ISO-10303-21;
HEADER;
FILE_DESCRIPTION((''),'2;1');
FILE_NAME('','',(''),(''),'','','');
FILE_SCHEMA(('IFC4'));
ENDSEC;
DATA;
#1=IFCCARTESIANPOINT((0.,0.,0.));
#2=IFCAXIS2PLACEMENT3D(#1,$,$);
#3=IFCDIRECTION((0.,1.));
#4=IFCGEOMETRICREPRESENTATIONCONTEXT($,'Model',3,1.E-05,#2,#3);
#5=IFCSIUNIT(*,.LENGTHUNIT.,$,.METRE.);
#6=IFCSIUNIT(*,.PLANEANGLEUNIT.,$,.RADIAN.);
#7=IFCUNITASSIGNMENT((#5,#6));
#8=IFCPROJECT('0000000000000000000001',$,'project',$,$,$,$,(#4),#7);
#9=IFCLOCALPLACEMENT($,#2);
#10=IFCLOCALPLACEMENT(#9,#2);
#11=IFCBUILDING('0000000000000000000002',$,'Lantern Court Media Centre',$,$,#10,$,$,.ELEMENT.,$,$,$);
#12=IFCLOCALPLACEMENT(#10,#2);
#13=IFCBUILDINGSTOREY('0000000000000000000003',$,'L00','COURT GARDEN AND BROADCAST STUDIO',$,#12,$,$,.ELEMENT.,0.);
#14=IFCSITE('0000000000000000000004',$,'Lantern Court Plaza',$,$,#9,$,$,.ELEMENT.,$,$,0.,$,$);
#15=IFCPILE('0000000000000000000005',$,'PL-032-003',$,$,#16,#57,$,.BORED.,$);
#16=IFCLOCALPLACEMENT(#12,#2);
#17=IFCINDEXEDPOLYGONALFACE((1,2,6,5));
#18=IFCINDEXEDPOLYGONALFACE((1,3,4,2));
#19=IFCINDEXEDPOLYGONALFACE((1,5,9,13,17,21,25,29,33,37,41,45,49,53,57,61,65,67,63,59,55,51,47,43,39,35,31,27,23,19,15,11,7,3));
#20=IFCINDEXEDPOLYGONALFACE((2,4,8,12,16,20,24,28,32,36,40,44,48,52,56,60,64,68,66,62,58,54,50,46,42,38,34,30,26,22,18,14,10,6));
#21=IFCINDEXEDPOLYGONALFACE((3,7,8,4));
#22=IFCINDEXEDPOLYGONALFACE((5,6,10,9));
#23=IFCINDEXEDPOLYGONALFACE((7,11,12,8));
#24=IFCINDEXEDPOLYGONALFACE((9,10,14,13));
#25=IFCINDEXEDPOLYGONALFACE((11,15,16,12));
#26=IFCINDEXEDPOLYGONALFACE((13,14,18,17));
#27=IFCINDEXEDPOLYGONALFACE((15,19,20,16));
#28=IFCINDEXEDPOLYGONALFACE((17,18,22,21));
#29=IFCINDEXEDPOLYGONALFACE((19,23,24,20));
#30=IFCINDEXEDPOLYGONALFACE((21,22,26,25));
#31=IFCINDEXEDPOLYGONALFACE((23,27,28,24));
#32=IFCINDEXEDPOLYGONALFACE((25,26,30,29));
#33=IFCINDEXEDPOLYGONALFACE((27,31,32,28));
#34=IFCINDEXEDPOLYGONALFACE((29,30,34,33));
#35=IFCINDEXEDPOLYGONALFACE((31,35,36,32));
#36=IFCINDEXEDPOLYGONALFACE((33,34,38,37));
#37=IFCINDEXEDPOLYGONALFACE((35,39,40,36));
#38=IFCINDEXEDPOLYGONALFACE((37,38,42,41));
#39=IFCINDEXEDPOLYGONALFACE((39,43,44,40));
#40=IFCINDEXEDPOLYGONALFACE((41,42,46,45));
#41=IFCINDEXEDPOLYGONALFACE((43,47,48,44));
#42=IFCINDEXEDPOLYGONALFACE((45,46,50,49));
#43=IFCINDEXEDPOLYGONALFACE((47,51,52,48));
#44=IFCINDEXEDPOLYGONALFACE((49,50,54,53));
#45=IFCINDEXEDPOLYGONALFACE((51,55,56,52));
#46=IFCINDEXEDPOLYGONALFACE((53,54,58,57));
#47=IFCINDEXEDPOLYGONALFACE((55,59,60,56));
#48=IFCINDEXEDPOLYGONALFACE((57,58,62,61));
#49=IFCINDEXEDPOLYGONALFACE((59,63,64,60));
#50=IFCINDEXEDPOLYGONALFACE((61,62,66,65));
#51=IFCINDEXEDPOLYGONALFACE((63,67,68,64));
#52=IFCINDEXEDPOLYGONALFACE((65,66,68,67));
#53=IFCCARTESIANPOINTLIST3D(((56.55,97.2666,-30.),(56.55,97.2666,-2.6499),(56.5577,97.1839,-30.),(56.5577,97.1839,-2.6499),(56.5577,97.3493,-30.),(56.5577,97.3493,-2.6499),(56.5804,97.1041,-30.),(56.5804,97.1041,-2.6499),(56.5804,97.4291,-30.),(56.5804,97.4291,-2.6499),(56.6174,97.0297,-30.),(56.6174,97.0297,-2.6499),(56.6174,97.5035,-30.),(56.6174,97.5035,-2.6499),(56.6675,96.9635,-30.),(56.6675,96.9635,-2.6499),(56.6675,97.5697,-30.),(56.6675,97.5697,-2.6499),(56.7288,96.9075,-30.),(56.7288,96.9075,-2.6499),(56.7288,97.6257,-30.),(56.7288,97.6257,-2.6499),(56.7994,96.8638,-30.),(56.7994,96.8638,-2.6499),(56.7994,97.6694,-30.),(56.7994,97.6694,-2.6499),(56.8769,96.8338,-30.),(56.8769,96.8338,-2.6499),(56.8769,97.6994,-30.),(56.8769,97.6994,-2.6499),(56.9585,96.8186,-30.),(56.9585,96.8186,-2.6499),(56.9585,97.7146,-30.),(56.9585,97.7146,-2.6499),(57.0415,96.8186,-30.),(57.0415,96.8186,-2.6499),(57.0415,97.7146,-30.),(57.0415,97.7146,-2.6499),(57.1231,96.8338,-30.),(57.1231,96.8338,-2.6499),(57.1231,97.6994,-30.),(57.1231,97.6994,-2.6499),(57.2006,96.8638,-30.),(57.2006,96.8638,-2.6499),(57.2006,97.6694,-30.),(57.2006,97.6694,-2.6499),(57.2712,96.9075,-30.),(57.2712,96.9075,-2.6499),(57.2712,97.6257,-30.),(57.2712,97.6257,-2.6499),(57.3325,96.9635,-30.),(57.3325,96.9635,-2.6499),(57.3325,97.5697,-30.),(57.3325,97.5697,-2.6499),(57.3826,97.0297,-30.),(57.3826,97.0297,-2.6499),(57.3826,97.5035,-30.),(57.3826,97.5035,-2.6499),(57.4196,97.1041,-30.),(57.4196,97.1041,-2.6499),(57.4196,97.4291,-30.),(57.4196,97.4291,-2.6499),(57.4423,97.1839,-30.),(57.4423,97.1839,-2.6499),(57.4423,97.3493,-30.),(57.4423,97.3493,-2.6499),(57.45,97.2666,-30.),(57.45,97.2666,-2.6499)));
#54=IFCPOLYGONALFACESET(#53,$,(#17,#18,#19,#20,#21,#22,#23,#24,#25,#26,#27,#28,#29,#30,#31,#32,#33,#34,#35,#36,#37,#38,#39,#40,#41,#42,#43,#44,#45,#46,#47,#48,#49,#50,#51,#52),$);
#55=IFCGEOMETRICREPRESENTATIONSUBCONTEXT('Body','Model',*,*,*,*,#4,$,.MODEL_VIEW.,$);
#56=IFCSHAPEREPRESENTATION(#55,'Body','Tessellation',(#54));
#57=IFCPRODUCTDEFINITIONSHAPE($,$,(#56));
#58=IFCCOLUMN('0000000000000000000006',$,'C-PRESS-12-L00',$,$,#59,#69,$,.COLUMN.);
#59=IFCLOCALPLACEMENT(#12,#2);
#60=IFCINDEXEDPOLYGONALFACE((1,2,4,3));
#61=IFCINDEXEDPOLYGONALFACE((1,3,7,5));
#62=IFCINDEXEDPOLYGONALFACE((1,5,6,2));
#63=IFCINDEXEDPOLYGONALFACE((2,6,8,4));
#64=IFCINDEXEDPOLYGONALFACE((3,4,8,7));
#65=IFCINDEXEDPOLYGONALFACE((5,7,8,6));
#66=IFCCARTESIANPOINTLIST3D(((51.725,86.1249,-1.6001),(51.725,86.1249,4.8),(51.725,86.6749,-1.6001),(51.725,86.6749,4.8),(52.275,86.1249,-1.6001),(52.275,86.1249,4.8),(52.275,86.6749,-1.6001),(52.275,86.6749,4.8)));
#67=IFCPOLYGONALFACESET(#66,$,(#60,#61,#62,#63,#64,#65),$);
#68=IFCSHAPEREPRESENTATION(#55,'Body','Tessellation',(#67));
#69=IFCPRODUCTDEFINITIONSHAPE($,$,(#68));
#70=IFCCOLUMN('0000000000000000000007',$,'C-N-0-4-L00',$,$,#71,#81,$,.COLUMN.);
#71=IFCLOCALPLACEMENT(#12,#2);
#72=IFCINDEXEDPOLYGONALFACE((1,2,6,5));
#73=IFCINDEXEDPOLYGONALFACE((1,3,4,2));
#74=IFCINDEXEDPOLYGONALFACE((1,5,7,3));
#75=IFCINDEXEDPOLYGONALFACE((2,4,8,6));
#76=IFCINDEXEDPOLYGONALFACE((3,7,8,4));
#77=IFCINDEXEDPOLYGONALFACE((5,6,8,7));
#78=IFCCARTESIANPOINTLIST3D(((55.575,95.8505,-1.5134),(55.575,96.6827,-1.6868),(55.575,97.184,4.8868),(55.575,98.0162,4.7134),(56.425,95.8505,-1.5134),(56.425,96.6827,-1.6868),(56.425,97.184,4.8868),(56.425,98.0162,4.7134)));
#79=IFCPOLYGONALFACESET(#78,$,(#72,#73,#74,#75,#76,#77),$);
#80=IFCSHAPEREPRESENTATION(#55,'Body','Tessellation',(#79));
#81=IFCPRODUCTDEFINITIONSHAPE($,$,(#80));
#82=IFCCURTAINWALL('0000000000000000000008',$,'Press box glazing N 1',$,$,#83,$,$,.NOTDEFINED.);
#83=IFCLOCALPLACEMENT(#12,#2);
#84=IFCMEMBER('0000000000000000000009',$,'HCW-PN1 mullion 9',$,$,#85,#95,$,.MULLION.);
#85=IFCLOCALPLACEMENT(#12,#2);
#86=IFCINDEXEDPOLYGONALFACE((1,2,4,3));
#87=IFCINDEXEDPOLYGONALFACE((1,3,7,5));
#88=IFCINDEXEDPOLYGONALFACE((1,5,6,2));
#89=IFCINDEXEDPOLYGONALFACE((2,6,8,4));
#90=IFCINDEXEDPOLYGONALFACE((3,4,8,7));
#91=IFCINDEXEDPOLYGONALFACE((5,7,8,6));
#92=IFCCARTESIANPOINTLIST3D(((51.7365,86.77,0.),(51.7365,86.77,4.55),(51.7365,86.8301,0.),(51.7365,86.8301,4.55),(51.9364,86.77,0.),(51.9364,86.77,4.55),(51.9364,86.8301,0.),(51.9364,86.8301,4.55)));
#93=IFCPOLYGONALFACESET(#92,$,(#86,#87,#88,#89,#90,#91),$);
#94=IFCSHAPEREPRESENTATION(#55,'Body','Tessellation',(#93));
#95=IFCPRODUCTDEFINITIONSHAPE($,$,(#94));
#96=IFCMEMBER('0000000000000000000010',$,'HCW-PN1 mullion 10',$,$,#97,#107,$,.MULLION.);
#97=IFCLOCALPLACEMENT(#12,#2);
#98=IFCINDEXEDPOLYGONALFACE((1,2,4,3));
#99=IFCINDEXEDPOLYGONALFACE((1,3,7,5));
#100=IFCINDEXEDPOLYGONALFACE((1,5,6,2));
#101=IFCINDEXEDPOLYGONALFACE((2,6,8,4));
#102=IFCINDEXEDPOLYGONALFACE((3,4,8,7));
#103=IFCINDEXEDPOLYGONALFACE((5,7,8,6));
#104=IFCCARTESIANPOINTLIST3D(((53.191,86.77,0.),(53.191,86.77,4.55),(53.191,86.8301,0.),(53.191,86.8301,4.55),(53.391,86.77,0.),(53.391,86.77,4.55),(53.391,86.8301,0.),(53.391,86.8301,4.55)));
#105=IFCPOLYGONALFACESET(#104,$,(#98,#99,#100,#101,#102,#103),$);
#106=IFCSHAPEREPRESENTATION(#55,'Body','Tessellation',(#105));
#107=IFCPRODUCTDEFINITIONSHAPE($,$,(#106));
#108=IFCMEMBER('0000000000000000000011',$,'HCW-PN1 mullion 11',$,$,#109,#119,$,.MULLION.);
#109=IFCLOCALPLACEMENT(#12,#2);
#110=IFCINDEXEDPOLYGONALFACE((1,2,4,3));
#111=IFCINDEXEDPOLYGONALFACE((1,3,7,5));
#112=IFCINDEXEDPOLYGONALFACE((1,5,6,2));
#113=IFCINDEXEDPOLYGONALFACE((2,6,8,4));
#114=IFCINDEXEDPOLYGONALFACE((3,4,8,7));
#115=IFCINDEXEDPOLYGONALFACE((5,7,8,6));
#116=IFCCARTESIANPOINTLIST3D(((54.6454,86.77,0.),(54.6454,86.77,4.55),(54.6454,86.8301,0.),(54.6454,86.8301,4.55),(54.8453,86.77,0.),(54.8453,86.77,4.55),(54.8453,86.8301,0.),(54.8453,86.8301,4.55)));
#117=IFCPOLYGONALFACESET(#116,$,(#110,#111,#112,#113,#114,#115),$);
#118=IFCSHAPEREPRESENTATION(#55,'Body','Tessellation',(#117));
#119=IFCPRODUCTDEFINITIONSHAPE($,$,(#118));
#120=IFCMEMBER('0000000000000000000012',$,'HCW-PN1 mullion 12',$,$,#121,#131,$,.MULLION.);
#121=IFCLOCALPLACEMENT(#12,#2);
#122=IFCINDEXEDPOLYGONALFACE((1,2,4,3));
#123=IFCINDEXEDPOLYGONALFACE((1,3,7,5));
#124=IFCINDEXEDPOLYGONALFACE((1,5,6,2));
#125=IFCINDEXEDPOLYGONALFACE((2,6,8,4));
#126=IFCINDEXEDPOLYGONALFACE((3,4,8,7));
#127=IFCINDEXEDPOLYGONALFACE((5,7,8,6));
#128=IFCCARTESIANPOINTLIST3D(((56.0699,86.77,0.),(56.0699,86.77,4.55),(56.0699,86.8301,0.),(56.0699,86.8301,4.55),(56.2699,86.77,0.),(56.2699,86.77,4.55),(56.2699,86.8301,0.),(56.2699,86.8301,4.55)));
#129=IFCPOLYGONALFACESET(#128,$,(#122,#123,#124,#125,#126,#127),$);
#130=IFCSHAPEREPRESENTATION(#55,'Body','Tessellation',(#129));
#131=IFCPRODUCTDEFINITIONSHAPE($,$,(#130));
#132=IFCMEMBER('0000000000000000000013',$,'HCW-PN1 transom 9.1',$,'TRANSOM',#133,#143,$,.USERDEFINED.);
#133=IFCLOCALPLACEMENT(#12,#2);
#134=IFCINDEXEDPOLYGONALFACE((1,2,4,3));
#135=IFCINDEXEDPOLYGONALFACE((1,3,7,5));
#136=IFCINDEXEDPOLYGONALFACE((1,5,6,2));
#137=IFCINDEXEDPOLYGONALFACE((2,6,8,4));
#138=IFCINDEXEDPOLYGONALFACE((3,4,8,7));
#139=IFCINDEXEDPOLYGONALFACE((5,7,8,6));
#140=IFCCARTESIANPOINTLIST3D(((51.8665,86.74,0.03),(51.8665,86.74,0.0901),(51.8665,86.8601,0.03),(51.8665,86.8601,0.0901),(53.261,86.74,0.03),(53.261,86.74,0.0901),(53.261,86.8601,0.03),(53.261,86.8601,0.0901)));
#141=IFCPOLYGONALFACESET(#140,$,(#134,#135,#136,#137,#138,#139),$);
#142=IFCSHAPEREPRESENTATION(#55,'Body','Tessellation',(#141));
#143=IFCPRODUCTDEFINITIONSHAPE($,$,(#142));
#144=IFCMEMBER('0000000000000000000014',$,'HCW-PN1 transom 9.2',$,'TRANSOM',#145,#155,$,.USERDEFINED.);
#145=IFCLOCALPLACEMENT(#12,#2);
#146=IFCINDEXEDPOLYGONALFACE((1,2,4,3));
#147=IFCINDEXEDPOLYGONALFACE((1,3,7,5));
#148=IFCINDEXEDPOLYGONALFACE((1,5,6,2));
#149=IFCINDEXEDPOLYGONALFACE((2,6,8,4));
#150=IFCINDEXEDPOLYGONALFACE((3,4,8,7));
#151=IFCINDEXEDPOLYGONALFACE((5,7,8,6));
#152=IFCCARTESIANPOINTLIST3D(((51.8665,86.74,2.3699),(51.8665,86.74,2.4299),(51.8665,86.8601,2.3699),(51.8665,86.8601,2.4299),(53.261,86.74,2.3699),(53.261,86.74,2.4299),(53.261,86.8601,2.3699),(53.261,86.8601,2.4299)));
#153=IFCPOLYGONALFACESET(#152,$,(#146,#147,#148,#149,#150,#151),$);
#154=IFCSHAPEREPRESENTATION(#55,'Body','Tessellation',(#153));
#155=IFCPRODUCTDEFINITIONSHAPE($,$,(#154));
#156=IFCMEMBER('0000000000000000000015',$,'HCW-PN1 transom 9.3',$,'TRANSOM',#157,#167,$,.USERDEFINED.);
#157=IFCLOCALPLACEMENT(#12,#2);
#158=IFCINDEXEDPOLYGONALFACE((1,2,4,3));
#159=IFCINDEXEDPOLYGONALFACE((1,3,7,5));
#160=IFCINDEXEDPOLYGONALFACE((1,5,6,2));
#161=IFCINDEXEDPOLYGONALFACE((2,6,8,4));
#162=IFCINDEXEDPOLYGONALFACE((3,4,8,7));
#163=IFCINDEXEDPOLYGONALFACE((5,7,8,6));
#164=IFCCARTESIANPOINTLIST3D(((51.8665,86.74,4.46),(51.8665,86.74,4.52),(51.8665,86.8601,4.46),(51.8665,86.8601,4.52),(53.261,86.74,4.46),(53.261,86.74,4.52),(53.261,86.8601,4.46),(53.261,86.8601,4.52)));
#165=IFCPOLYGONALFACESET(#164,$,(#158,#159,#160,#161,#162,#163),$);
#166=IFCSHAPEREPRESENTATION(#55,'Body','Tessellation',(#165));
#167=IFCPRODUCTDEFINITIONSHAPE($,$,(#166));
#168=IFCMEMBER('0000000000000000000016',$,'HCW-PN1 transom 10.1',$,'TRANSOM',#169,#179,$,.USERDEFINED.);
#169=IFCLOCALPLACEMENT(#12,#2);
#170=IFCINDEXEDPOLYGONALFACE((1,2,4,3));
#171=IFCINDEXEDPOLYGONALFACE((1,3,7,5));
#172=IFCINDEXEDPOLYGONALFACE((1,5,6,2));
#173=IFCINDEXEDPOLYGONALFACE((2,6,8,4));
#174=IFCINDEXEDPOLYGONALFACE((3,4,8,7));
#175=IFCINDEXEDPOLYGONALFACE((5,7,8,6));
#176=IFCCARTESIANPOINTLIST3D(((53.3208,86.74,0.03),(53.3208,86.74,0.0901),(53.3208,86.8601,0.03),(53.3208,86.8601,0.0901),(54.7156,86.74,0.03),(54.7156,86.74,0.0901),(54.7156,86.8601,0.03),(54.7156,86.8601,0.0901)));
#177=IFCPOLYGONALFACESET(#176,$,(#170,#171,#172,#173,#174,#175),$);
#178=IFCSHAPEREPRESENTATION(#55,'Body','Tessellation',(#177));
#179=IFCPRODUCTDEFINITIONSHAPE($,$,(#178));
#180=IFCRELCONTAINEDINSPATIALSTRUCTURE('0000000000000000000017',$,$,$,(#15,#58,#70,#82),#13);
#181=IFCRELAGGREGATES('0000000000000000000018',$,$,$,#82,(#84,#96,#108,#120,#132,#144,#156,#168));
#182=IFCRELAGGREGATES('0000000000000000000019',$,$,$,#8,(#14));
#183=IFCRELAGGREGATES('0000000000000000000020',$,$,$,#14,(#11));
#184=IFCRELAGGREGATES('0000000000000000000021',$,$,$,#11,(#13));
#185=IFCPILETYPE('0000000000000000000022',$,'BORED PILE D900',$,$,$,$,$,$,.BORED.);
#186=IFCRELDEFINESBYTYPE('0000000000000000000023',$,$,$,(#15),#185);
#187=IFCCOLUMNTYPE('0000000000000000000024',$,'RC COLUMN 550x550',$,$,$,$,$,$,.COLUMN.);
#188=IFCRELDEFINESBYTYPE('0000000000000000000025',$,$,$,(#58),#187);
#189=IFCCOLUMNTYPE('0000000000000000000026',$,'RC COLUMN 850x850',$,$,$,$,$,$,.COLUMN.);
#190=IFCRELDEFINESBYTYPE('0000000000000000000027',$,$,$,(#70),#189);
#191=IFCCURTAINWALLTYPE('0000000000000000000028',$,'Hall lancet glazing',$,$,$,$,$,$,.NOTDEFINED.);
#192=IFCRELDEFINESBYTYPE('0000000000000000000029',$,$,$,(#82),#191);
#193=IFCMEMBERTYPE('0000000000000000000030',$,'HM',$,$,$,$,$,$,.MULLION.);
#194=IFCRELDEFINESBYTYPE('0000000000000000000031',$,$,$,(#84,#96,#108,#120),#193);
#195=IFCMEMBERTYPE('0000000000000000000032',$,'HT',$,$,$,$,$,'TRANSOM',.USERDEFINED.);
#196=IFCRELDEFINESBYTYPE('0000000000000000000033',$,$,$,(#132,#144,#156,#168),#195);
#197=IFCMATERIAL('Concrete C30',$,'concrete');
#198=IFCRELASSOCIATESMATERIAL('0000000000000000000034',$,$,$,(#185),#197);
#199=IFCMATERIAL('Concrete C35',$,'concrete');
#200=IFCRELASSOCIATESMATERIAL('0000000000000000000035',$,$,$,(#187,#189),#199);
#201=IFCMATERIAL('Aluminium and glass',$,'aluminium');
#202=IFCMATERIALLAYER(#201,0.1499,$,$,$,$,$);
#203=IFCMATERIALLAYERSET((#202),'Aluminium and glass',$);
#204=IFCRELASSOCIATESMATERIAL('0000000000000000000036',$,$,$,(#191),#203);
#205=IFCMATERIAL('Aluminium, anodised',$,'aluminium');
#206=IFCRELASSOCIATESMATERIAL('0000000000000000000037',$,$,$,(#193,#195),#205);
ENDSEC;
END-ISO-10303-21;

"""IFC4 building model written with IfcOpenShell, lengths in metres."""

from ifc_helpers import new_model, si_unit, direction, frame, origin, origin_2d, place, context, subcontext, project, spatial, rectangle, circle, extrude, material, layer, layer_set, material_profile, profile_set, type_object, element, aggregate, save


model = new_model("IFC4")

# Units and contexts
model_context = context("Model", 3, precision=1e-05, world=origin(), true_north=direction((0.0, 1.0)))
body_context = subcontext(model_context, "Body", "Model", "MODEL_VIEW")
ifc_project = project(units=[si_unit("LENGTHUNIT", "METRE"), si_unit("PLANEANGLEUNIT", "RADIAN")], contexts=[model_context])

# Site, building, storey
site_placement = place(None, origin())
site = spatial("IfcSite", under=ifc_project, at=site_placement, Name="Lantern Court Plaza", CompositionType="ELEMENT", RefElevation=0.0)
building_placement = place(site_placement, origin())
building = spatial("IfcBuilding", under=site, at=building_placement, Name="Lantern Court Media Centre", CompositionType="ELEMENT")
storey_placement = place(building_placement, origin())
storey = spatial("IfcBuildingStorey", under=building, at=storey_placement, Name="L00", Description="COURT GARDEN AND BROADCAST STUDIO", CompositionType="ELEMENT", Elevation=0.0)

# Pile
ifc_material_1 = material(Name="Concrete C30", Category="concrete")
ifc_material_profile_1 = material_profile(ifc_material_1, circle(Radius=0.45, at=origin_2d()), Name="D900")
ifc_profile_set_1 = profile_set([ifc_material_profile_1], Name="Concrete C30")
pile_type_1 = type_object("IfcPileType", Name="BORED PILE D900", PredefinedType="BORED", material=ifc_profile_set_1)
for number, where, z_axis, x_axis, name in (
    (1, (57.0, 97.2666, -2.6499), (0.0, 0.0, -1.0), (1.0, 0.0, 0.0), "PL-032-003"),
):
    element("IfcPile", number, at=place(storey_placement, frame(where, z_axis=z_axis, x_axis=x_axis)), inside=storey, type_object=pile_type_1, Name=name, PredefinedType="BORED", context=body_context, shape_type="SweptSolid", body=[
        extrude(circle(Radius=0.45, at=origin_2d()), origin(), (0.0, 0.0, 1.0), 27.3501),
    ])

# Columns
ifc_material_2 = material(Name="Concrete C35", Category="concrete")
ifc_material_profile_2 = material_profile(ifc_material_2, rectangle(XDim=0.55, YDim=0.55, at=origin_2d()), Name="RC 550x550")
ifc_profile_set_2 = profile_set([ifc_material_profile_2], Name="Concrete C35")
column_type_1 = type_object("IfcColumnType", Name="RC COLUMN 550x550", PredefinedType="COLUMN", material=ifc_profile_set_2)
column_1_placement = place(storey_placement, frame((52.0, 86.3999, -1.6001), z_axis=(0.0, 0.0, 1.0), x_axis=(1.0, 0.0, 0.0)))
element("IfcColumn", 2, at=column_1_placement, inside=storey, type_object=column_type_1, Name="C-PRESS-12-L00", PredefinedType="COLUMN", context=body_context, shape_type="SweptSolid", body=[
    extrude(rectangle(XDim=0.55, YDim=0.55, at=origin_2d()), origin(), (0.0, 0.0, 1.0), 6.4001),
])
ifc_material_profile_3 = material_profile(ifc_material_2, rectangle(XDim=0.8501, YDim=0.8501, at=origin_2d()), Name="RC 850x850")
ifc_profile_set_3 = profile_set([ifc_material_profile_3], Name="Concrete C35")
column_type_2 = type_object("IfcColumnType", Name="RC COLUMN 850x850", PredefinedType="COLUMN", material=ifc_profile_set_3)
column_2_placement = place(storey_placement, frame((56.0, 96.2666, -1.6001), z_axis=(0.0, 0.203974, 0.978976), x_axis=(-1.0, 0.0, 0.0)))
element("IfcColumn", 3, at=column_2_placement, inside=storey, type_object=column_type_2, Name="C-N-0-4-L00", PredefinedType="COLUMN", context=body_context, shape_type="SweptSolid", body=[
    extrude(rectangle(XDim=0.8501, YDim=0.8501, at=origin_2d()), origin(), (0.0, 0.0, 1.0), 6.5376),
])

# Curtain wall, members
ifc_material_3 = material(Name="Aluminium and glass", Category="aluminium")
ifc_layer_1 = layer(ifc_material_3, 0.1499)
ifc_layer_set_1 = layer_set([ifc_layer_1], Name="Aluminium and glass")
curtain_wall_type = type_object("IfcCurtainWallType", Name="Hall lancet glazing", PredefinedType="NOTDEFINED", material=ifc_layer_set_1)
curtain_wall_placement = place(storey_placement, origin())
curtain_wall = element("IfcCurtainWall", 4, at=curtain_wall_placement, inside=storey, type_object=curtain_wall_type, Name="Press box glazing N 1", PredefinedType="NOTDEFINED")
ifc_material_4 = material(Name="Aluminium, anodised", Category="aluminium")
ifc_material_profile_4 = material_profile(ifc_material_4, rectangle(XDim=0.0601, YDim=0.2, at=origin_2d()), Name="HM")
ifc_profile_set_4 = profile_set([ifc_material_profile_4], Name="Aluminium, anodised")
member_type_1 = type_object("IfcMemberType", Name="HM", PredefinedType="MULLION", material=ifc_profile_set_4)
member_1_placement = place(storey_placement, frame((51.8364, 86.8, 0.0), z_axis=(0.0, 0.0, 1.0), x_axis=(0.0, 1.0, 0.0)))
member_1 = element("IfcMember", 5, at=member_1_placement, type_object=member_type_1, Name="HCW-PN1 mullion 9", PredefinedType="MULLION", context=body_context, shape_type="SweptSolid", body=[
    extrude(rectangle(XDim=0.0601, YDim=0.2, at=origin_2d()), origin(), (0.0, 0.0, 1.0), 4.55),
])
member_2_placement = place(storey_placement, frame((53.291, 86.8, 0.0), z_axis=(0.0, 0.0, 1.0), x_axis=(0.0, 1.0, 0.0)))
member_2 = element("IfcMember", 6, at=member_2_placement, type_object=member_type_1, Name="HCW-PN1 mullion 10", PredefinedType="MULLION", context=body_context, shape_type="SweptSolid", body=[
    extrude(rectangle(XDim=0.0601, YDim=0.2, at=origin_2d()), origin(), (0.0, 0.0, 1.0), 4.55),
])
member_3_placement = place(storey_placement, frame((54.7454, 86.8, 0.0), z_axis=(0.0, 0.0, 1.0), x_axis=(0.0, 1.0, 0.0)))
member_3 = element("IfcMember", 7, at=member_3_placement, type_object=member_type_1, Name="HCW-PN1 mullion 11", PredefinedType="MULLION", context=body_context, shape_type="SweptSolid", body=[
    extrude(rectangle(XDim=0.0601, YDim=0.2, at=origin_2d()), origin(), (0.0, 0.0, 1.0), 4.55),
])
member_4_placement = place(storey_placement, frame((56.1699, 86.8, 0.0), z_axis=(0.0, 0.0, 1.0), x_axis=(0.0, 1.0, 0.0)))
member_4 = element("IfcMember", 8, at=member_4_placement, type_object=member_type_1, Name="HCW-PN1 mullion 12", PredefinedType="MULLION", context=body_context, shape_type="SweptSolid", body=[
    extrude(rectangle(XDim=0.0601, YDim=0.2, at=origin_2d()), origin(), (0.0, 0.0, 1.0), 4.55),
])
ifc_material_profile_5 = material_profile(ifc_material_4, rectangle(XDim=0.1201, YDim=0.0601, at=origin_2d()), Name="HT")
ifc_profile_set_5 = profile_set([ifc_material_profile_5], Name="Aluminium, anodised")
member_type_2 = type_object("IfcMemberType", Name="HT", ElementType="TRANSOM", PredefinedType="USERDEFINED", material=ifc_profile_set_5)
member_5_placement = place(storey_placement, frame((51.8665, 86.8, 0.0601), z_axis=(1.0, 0.0, 0.0), x_axis=(0.0, 1.0, 0.0)))
member_5 = element("IfcMember", 9, at=member_5_placement, type_object=member_type_2, Name="HCW-PN1 transom 9.1", ObjectType="TRANSOM", PredefinedType="USERDEFINED", context=body_context, shape_type="SweptSolid", body=[
    extrude(rectangle(XDim=0.1201, YDim=0.0601, at=origin_2d()), origin(), (0.0, 0.0, 1.0), 1.3945),
])
member_6_placement = place(storey_placement, frame((51.8665, 86.8, 2.3999), z_axis=(1.0, 0.0, 0.0), x_axis=(0.0, 1.0, 0.0)))
member_6 = element("IfcMember", 10, at=member_6_placement, type_object=member_type_2, Name="HCW-PN1 transom 9.2", ObjectType="TRANSOM", PredefinedType="USERDEFINED", context=body_context, shape_type="SweptSolid", body=[
    extrude(rectangle(XDim=0.1201, YDim=0.0601, at=origin_2d()), origin(), (0.0, 0.0, 1.0), 1.3945),
])
member_7_placement = place(storey_placement, frame((51.8665, 86.8, 4.49), z_axis=(1.0, 0.0, 0.0), x_axis=(0.0, 1.0, 0.0)))
member_7 = element("IfcMember", 11, at=member_7_placement, type_object=member_type_2, Name="HCW-PN1 transom 9.3", ObjectType="TRANSOM", PredefinedType="USERDEFINED", context=body_context, shape_type="SweptSolid", body=[
    extrude(rectangle(XDim=0.1201, YDim=0.0601, at=origin_2d()), origin(), (0.0, 0.0, 1.0), 1.3945),
])
member_8_placement = place(storey_placement, frame((53.3208, 86.8, 0.0601), z_axis=(1.0, 0.0, 0.0), x_axis=(0.0, 1.0, 0.0)))
member_8 = element("IfcMember", 12, at=member_8_placement, type_object=member_type_2, Name="HCW-PN1 transom 10.1", ObjectType="TRANSOM", PredefinedType="USERDEFINED", context=body_context, shape_type="SweptSolid", body=[
    extrude(rectangle(XDim=0.1201, YDim=0.0601, at=origin_2d()), origin(), (0.0, 0.0, 1.0), 1.3948),
])

aggregate(curtain_wall, [member_1, member_2, member_3, member_4, member_5, member_6, member_7, member_8])

save(model, "model.ifc")
